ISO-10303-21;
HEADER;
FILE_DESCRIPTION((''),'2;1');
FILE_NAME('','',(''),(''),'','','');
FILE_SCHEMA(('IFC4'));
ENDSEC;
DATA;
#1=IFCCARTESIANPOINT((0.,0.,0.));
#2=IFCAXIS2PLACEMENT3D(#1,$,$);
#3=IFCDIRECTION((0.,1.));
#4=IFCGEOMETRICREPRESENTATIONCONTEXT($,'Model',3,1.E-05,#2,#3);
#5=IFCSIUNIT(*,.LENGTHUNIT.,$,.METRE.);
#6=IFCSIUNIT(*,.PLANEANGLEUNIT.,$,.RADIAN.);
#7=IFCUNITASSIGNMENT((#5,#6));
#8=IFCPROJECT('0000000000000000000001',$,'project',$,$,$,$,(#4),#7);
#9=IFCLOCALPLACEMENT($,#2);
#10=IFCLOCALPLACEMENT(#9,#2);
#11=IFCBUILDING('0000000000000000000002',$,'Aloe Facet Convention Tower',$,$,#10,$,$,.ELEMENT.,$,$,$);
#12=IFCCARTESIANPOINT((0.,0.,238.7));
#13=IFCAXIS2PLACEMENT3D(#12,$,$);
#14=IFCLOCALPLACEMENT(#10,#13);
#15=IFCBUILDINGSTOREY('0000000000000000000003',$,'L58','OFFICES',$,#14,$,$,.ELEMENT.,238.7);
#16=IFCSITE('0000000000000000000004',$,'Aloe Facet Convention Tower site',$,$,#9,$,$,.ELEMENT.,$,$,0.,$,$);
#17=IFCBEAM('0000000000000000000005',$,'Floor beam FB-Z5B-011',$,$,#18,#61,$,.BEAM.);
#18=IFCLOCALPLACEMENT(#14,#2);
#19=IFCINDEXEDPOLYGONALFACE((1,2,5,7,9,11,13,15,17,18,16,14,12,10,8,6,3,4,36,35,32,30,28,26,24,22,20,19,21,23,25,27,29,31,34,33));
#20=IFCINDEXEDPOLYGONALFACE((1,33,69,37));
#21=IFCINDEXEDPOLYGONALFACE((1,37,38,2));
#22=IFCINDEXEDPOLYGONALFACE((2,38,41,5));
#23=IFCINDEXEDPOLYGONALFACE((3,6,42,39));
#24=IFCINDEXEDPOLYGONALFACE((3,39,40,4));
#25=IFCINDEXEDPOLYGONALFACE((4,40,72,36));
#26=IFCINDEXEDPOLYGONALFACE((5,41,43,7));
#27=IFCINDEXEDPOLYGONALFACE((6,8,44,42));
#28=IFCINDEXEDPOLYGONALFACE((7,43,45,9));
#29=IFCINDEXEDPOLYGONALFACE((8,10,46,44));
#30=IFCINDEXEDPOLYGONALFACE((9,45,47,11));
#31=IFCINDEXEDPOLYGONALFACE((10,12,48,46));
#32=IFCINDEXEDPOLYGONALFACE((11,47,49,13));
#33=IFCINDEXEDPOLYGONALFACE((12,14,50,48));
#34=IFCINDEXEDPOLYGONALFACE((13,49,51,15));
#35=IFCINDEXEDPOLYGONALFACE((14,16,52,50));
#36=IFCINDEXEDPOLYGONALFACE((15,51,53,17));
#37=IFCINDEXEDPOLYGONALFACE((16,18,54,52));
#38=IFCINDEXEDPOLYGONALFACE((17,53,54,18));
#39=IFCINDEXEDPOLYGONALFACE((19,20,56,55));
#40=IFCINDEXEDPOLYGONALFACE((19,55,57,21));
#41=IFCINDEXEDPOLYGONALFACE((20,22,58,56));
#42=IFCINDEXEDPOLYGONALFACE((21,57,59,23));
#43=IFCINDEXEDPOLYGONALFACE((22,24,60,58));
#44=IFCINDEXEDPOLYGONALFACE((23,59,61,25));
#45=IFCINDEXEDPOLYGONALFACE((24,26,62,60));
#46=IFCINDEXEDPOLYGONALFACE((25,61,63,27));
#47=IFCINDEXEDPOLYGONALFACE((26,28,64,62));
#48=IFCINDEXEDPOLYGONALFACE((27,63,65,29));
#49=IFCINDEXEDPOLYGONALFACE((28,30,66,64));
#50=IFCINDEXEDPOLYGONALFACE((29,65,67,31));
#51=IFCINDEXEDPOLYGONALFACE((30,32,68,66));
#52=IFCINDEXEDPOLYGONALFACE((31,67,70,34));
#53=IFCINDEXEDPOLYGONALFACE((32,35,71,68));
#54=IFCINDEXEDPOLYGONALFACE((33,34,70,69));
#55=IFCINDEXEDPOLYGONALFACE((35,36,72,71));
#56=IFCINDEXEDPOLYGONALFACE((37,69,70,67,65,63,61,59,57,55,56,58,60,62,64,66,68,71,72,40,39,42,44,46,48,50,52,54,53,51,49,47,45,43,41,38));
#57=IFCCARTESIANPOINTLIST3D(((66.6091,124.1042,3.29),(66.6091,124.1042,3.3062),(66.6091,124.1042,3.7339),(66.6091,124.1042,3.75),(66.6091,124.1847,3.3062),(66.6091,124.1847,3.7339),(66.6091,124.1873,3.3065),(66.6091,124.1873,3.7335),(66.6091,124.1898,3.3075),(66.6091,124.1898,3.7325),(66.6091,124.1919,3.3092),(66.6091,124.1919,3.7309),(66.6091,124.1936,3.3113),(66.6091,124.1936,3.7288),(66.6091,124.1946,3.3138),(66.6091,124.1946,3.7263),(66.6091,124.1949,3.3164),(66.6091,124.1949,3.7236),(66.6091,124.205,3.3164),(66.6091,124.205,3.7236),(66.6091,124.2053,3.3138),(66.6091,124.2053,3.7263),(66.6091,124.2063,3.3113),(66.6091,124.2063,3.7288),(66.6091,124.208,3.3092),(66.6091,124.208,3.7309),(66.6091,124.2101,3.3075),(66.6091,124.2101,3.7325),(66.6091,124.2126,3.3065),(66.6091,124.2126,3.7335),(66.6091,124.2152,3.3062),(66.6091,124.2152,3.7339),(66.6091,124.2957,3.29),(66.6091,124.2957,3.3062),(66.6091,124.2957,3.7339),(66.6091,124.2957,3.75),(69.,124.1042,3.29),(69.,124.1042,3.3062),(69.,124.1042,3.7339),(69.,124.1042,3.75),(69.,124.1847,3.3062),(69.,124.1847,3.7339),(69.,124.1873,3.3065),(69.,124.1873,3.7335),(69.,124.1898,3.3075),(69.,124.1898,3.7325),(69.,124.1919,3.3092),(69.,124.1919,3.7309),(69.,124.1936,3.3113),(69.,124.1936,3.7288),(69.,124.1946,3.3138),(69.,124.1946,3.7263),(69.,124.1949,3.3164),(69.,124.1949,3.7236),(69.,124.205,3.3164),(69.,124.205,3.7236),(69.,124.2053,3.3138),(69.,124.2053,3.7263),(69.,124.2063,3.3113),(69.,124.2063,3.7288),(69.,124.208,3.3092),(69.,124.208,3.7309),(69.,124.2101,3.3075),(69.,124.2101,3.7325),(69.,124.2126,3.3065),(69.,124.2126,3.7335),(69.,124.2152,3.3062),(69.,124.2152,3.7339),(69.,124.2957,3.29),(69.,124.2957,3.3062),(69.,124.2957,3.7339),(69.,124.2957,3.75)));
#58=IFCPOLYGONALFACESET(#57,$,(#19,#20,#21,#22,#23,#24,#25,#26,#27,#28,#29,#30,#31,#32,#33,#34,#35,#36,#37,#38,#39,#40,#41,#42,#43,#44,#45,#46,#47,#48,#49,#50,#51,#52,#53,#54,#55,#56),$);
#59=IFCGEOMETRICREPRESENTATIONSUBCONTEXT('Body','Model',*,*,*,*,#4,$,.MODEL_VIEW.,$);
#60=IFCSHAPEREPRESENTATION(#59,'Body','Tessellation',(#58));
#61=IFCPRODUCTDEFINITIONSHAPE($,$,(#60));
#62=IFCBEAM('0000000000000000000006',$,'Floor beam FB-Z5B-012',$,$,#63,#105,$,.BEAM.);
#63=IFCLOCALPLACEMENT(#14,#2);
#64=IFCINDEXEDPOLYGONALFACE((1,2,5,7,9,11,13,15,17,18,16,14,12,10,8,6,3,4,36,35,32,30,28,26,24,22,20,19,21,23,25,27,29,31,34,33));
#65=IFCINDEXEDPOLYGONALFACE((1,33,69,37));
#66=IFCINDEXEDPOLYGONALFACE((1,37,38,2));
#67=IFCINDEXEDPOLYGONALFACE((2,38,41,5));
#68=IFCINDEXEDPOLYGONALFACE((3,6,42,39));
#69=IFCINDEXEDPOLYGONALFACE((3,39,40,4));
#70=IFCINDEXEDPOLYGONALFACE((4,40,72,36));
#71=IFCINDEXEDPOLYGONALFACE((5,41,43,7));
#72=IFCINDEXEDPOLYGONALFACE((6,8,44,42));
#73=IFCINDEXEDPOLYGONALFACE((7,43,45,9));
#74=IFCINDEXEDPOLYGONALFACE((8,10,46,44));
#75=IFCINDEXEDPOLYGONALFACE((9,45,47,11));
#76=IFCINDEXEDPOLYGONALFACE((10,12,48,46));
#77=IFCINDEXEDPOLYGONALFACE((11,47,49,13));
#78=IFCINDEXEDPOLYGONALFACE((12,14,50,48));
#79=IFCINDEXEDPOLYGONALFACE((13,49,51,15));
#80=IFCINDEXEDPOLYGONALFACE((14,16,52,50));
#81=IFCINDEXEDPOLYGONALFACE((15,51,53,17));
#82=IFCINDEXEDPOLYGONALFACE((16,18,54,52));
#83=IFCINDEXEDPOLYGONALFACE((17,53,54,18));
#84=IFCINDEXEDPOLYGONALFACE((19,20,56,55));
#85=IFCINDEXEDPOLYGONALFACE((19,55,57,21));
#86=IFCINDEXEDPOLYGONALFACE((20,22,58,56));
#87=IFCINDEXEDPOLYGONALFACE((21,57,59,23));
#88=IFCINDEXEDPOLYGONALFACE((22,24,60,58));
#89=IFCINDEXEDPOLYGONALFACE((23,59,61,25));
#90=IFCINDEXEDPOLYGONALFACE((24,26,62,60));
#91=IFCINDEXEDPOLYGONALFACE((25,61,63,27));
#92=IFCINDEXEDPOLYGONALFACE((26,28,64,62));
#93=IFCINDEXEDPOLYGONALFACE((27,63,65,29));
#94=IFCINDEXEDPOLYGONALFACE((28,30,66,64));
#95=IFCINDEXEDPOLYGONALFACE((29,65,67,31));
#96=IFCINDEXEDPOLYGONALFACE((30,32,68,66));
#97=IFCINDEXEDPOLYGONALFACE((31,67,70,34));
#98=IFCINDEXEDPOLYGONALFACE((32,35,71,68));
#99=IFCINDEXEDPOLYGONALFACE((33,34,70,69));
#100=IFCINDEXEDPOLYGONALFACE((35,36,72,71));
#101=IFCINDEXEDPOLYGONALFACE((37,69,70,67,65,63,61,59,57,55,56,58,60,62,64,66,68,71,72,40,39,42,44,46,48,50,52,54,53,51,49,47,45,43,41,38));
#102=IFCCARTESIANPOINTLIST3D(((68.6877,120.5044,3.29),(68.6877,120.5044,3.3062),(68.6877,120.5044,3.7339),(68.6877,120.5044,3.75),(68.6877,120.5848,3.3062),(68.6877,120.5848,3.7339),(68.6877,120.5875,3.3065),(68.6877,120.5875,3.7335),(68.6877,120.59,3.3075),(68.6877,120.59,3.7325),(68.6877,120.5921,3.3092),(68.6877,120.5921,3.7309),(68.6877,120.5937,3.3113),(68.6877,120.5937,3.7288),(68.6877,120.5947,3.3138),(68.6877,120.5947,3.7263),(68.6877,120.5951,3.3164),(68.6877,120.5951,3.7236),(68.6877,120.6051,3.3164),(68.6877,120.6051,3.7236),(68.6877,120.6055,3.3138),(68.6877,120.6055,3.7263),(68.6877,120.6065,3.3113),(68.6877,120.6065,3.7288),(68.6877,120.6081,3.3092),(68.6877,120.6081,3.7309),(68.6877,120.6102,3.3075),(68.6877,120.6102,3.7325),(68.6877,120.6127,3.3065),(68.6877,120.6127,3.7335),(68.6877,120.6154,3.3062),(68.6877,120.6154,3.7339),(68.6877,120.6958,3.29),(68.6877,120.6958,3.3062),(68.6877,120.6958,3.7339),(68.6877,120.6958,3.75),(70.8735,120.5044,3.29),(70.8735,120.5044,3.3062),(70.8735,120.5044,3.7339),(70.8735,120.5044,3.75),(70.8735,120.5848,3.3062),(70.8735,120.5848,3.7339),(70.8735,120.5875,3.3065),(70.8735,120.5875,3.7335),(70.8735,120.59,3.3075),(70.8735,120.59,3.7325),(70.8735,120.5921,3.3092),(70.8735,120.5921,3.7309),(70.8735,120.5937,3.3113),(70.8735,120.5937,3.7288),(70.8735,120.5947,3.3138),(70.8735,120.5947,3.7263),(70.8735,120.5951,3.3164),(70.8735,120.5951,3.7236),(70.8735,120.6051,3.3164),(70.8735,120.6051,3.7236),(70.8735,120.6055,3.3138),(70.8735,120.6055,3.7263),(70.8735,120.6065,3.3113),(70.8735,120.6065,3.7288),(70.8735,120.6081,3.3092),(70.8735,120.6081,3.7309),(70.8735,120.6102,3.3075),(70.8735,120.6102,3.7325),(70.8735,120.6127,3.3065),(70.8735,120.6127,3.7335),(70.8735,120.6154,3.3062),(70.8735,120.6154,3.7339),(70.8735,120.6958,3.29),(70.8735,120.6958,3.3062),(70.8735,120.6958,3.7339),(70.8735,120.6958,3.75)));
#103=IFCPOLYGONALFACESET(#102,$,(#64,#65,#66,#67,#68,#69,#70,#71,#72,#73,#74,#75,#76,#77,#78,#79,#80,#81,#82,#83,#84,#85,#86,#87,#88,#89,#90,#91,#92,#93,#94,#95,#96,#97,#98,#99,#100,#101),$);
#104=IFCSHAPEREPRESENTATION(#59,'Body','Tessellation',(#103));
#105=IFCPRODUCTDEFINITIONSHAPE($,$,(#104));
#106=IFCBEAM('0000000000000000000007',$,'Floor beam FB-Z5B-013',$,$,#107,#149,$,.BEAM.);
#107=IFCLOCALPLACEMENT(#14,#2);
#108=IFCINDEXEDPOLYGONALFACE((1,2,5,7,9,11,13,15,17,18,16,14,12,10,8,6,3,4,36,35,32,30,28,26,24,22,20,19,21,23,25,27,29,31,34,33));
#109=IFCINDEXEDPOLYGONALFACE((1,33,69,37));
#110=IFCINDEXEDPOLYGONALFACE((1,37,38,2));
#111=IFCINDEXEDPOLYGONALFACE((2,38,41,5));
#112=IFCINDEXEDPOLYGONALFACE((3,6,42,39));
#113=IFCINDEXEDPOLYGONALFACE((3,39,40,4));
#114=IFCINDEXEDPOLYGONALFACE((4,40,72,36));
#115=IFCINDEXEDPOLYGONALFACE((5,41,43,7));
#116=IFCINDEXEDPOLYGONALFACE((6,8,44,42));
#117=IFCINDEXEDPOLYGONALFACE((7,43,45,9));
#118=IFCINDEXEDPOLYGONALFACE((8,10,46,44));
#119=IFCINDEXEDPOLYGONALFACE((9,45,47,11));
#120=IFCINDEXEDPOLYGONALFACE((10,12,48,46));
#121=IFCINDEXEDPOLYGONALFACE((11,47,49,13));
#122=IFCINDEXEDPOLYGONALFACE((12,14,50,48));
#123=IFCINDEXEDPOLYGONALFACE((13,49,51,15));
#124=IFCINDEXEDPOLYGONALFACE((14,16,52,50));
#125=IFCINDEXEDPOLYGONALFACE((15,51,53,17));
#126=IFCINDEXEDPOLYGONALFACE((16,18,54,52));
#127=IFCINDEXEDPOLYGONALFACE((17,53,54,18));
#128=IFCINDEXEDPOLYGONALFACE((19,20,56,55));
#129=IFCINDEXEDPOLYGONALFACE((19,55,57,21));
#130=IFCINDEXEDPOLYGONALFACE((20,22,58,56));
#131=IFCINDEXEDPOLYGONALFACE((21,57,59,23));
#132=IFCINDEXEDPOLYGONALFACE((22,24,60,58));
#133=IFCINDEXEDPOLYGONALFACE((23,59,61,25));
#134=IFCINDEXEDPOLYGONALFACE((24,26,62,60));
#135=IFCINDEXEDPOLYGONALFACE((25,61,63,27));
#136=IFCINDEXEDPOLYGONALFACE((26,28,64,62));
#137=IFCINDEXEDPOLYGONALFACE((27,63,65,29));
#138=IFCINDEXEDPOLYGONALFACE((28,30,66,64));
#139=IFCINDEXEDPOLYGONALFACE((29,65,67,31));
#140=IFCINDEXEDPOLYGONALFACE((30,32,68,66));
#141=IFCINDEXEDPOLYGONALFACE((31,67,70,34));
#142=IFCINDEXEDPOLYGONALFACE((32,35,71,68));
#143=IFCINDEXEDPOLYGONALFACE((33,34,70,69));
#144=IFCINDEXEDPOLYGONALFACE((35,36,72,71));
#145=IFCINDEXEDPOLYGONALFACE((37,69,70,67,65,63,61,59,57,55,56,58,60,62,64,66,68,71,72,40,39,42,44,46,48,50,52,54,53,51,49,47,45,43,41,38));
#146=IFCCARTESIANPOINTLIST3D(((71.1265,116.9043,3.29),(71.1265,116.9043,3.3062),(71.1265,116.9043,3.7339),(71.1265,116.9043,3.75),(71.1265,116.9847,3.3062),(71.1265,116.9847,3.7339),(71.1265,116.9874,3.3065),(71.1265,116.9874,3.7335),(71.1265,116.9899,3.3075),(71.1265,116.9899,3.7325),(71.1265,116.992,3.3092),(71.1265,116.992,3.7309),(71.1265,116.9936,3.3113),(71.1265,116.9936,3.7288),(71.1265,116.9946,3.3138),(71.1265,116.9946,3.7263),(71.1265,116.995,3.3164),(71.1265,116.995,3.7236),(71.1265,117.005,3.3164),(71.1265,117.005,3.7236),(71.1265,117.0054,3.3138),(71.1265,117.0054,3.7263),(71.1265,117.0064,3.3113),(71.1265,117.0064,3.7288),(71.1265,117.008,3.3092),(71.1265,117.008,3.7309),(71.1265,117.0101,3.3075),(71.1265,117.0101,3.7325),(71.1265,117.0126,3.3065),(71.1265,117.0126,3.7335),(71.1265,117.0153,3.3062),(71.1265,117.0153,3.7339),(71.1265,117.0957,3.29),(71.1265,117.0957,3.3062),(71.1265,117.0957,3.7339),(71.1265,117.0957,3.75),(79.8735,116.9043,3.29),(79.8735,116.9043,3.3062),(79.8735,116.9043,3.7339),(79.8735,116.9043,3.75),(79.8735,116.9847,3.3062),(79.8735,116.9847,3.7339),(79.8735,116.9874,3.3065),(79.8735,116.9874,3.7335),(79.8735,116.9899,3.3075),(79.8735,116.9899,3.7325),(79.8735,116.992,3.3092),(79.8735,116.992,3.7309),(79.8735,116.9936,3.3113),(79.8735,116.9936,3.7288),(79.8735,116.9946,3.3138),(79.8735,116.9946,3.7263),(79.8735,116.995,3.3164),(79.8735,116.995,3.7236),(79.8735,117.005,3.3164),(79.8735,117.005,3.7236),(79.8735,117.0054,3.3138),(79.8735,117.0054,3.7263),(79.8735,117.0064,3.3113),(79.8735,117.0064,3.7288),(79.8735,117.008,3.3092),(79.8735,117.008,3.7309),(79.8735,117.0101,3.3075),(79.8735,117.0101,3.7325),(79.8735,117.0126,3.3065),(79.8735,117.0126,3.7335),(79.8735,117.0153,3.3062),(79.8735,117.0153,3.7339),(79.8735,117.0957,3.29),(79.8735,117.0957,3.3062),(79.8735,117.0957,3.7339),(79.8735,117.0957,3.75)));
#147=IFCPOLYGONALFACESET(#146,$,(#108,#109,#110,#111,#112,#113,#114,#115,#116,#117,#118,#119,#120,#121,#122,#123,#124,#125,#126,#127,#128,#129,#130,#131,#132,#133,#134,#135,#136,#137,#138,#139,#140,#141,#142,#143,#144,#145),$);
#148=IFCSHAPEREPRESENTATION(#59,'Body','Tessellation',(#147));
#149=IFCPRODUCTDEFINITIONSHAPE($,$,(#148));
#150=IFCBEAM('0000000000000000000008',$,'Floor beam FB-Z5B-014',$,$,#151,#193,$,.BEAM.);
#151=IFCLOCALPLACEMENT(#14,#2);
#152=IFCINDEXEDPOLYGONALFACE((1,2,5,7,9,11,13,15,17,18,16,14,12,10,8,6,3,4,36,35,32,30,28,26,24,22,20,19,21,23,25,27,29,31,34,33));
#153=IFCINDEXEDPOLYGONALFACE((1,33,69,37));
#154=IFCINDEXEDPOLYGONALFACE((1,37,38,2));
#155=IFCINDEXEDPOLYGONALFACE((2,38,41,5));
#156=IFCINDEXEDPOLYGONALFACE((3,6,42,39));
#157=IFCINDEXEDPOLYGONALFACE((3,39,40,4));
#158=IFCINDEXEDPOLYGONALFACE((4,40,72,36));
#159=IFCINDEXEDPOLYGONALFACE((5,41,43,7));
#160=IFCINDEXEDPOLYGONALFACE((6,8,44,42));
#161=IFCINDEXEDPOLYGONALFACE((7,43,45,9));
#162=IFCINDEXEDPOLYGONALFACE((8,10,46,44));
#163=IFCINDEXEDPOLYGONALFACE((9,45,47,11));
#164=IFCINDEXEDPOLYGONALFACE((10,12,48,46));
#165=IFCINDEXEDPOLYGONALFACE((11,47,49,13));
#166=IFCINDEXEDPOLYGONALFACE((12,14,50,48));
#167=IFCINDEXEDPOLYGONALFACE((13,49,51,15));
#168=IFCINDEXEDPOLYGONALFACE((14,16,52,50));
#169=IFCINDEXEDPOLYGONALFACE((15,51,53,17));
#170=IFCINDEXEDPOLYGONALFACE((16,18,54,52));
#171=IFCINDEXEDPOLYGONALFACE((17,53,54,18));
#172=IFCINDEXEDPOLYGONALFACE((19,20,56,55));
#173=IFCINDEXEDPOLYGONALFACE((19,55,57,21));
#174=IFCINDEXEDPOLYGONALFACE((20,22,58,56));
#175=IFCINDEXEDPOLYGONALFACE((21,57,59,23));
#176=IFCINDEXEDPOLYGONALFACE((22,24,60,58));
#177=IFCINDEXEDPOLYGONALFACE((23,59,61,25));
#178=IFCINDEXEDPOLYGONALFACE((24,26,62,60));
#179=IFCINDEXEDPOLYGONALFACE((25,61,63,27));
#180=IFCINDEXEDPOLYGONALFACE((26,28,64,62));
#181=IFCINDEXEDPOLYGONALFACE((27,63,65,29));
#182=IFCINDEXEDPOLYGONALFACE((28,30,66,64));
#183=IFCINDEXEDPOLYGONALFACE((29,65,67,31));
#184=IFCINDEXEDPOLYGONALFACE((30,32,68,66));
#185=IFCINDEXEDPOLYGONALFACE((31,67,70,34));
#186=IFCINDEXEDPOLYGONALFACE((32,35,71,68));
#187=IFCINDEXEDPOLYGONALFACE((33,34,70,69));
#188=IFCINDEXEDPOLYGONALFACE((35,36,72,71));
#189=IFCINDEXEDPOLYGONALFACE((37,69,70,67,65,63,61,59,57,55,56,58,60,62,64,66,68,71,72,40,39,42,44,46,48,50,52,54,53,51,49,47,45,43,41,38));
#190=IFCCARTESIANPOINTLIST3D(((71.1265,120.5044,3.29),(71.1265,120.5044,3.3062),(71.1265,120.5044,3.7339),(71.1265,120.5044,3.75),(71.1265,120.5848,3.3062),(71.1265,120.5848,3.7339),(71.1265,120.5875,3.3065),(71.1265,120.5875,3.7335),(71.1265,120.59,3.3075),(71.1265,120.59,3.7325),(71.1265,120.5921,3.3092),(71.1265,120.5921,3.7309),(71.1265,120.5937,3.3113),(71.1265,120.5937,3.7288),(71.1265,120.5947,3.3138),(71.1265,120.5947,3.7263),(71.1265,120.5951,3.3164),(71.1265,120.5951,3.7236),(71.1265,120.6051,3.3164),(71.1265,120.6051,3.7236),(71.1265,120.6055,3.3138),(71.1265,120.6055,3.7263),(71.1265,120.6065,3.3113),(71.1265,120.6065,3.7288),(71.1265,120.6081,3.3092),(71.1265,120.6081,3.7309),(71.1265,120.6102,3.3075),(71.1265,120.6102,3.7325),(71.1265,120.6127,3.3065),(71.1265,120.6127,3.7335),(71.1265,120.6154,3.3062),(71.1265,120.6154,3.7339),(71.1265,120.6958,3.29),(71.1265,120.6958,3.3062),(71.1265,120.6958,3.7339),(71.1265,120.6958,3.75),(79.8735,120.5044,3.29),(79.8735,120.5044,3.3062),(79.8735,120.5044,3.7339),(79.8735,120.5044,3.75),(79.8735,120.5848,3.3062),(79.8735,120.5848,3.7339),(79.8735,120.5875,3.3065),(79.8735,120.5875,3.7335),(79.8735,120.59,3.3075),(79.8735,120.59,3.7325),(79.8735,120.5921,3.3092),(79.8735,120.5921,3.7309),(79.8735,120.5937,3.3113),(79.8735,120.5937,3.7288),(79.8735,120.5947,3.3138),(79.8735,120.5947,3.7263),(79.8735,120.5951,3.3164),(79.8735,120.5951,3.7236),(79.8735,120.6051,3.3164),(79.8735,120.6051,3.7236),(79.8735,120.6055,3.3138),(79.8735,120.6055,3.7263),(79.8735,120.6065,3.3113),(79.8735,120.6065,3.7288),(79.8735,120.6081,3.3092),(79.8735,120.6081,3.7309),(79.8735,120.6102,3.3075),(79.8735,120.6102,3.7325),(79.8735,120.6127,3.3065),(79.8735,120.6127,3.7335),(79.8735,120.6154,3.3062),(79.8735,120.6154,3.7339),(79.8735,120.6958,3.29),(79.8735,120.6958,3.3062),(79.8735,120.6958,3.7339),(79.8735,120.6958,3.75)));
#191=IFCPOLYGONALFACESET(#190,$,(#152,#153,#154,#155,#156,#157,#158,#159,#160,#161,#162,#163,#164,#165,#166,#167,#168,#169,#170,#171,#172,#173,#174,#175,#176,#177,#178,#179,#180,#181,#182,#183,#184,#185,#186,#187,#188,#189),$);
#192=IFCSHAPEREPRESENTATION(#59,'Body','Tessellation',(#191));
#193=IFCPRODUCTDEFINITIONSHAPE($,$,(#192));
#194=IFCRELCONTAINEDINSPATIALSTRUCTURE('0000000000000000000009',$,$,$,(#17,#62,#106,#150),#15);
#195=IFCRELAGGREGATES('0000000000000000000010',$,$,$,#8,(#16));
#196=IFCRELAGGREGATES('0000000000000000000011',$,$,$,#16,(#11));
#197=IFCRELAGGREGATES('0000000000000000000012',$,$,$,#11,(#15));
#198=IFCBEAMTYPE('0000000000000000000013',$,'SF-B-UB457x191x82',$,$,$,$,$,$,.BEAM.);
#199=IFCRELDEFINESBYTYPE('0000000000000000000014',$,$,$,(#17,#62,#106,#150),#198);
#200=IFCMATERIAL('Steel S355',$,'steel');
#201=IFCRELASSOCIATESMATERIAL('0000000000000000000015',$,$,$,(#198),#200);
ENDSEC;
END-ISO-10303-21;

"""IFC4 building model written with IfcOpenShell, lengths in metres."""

from ifc_helpers import new_model, si_unit, direction, frame, origin, origin_2d, place, context, subcontext, project, spatial, i_section, extrude, material, material_profile, profile_set, type_object, element, save


model = new_model("IFC4")

# Units and contexts
model_context = context("Model", 3, precision=1e-05, world=origin(), true_north=direction((0.0, 1.0)))
body_context = subcontext(model_context, "Body", "Model", "MODEL_VIEW")
ifc_project = project(units=[si_unit("LENGTHUNIT", "METRE"), si_unit("PLANEANGLEUNIT", "RADIAN")], contexts=[model_context])

# Site, building, storey
site_placement = place(None, origin())
site = spatial("IfcSite", under=ifc_project, at=site_placement, Name="Aloe Facet Convention Tower site", CompositionType="ELEMENT", RefElevation=0.0)
building_placement = place(site_placement, origin())
building = spatial("IfcBuilding", under=site, at=building_placement, Name="Aloe Facet Convention Tower", CompositionType="ELEMENT")
storey_placement = place(building_placement, frame((0.0, 0.0, 238.7)))
storey = spatial("IfcBuildingStorey", under=building, at=storey_placement, Name="L58", Description="OFFICES", CompositionType="ELEMENT", Elevation=238.7)

# Beams
ifc_material_1 = material(Name="Steel S355", Category="steel")
ifc_material_profile_1 = material_profile(ifc_material_1, i_section(OverallWidth=0.1914, OverallDepth=0.46, WebThickness=0.01, FlangeThickness=0.0161, FilletRadius=0.0103, at=origin_2d()), Name="UB 457x191x82")
ifc_profile_set_1 = profile_set([ifc_material_profile_1], Name="Steel S355")
beam_type_1 = type_object("IfcBeamType", Name="SF-B-UB457x191x82", PredefinedType="BEAM", material=ifc_profile_set_1)
beam_1_placement = place(storey_placement, frame((66.6091, 124.2, 3.52), z_axis=(1.0, 0.0, 0.0), x_axis=(0.0, 1.0, 0.0)))
element("IfcBeam", 1, at=beam_1_placement, inside=storey, type_object=beam_type_1, Name="Floor beam FB-Z5B-011", PredefinedType="BEAM", context=body_context, shape_type="SweptSolid", body=[
    extrude(i_section(OverallWidth=0.1914, OverallDepth=0.46, WebThickness=0.01, FlangeThickness=0.0161, FilletRadius=0.0103, at=origin_2d()), origin(), (0.0, 0.0, 1.0), 2.3909),
])
beam_2_placement = place(storey_placement, frame((68.6877, 120.6001, 3.52), z_axis=(1.0, 0.0, 0.0), x_axis=(0.0, 1.0, 0.0)))
element("IfcBeam", 2, at=beam_2_placement, inside=storey, type_object=beam_type_1, Name="Floor beam FB-Z5B-012", PredefinedType="BEAM", context=body_context, shape_type="SweptSolid", body=[
    extrude(i_section(OverallWidth=0.1914, OverallDepth=0.46, WebThickness=0.01, FlangeThickness=0.0161, FilletRadius=0.0103, at=origin_2d()), origin(), (0.0, 0.0, 1.0), 2.1858),
])
for number, where, z_axis, x_axis, name in (
    (3, (71.1265, 117.0, 3.52), (1.0, 0.0, 0.0), (0.0, 1.0, 0.0), "Floor beam FB-Z5B-013"),
    (4, (71.1265, 120.6001, 3.52), (1.0, 0.0, 0.0), (0.0, 1.0, 0.0), "Floor beam FB-Z5B-014"),
):
    element("IfcBeam", number, at=place(storey_placement, frame(where, z_axis=z_axis, x_axis=x_axis)), inside=storey, type_object=beam_type_1, Name=name, PredefinedType="BEAM", context=body_context, shape_type="SweptSolid", body=[
        extrude(i_section(OverallWidth=0.1914, OverallDepth=0.46, WebThickness=0.01, FlangeThickness=0.0161, FilletRadius=0.0103, at=origin_2d()), origin(), (0.0, 0.0, 1.0), 8.7471),
    ])

save(model, "model.ifc")
